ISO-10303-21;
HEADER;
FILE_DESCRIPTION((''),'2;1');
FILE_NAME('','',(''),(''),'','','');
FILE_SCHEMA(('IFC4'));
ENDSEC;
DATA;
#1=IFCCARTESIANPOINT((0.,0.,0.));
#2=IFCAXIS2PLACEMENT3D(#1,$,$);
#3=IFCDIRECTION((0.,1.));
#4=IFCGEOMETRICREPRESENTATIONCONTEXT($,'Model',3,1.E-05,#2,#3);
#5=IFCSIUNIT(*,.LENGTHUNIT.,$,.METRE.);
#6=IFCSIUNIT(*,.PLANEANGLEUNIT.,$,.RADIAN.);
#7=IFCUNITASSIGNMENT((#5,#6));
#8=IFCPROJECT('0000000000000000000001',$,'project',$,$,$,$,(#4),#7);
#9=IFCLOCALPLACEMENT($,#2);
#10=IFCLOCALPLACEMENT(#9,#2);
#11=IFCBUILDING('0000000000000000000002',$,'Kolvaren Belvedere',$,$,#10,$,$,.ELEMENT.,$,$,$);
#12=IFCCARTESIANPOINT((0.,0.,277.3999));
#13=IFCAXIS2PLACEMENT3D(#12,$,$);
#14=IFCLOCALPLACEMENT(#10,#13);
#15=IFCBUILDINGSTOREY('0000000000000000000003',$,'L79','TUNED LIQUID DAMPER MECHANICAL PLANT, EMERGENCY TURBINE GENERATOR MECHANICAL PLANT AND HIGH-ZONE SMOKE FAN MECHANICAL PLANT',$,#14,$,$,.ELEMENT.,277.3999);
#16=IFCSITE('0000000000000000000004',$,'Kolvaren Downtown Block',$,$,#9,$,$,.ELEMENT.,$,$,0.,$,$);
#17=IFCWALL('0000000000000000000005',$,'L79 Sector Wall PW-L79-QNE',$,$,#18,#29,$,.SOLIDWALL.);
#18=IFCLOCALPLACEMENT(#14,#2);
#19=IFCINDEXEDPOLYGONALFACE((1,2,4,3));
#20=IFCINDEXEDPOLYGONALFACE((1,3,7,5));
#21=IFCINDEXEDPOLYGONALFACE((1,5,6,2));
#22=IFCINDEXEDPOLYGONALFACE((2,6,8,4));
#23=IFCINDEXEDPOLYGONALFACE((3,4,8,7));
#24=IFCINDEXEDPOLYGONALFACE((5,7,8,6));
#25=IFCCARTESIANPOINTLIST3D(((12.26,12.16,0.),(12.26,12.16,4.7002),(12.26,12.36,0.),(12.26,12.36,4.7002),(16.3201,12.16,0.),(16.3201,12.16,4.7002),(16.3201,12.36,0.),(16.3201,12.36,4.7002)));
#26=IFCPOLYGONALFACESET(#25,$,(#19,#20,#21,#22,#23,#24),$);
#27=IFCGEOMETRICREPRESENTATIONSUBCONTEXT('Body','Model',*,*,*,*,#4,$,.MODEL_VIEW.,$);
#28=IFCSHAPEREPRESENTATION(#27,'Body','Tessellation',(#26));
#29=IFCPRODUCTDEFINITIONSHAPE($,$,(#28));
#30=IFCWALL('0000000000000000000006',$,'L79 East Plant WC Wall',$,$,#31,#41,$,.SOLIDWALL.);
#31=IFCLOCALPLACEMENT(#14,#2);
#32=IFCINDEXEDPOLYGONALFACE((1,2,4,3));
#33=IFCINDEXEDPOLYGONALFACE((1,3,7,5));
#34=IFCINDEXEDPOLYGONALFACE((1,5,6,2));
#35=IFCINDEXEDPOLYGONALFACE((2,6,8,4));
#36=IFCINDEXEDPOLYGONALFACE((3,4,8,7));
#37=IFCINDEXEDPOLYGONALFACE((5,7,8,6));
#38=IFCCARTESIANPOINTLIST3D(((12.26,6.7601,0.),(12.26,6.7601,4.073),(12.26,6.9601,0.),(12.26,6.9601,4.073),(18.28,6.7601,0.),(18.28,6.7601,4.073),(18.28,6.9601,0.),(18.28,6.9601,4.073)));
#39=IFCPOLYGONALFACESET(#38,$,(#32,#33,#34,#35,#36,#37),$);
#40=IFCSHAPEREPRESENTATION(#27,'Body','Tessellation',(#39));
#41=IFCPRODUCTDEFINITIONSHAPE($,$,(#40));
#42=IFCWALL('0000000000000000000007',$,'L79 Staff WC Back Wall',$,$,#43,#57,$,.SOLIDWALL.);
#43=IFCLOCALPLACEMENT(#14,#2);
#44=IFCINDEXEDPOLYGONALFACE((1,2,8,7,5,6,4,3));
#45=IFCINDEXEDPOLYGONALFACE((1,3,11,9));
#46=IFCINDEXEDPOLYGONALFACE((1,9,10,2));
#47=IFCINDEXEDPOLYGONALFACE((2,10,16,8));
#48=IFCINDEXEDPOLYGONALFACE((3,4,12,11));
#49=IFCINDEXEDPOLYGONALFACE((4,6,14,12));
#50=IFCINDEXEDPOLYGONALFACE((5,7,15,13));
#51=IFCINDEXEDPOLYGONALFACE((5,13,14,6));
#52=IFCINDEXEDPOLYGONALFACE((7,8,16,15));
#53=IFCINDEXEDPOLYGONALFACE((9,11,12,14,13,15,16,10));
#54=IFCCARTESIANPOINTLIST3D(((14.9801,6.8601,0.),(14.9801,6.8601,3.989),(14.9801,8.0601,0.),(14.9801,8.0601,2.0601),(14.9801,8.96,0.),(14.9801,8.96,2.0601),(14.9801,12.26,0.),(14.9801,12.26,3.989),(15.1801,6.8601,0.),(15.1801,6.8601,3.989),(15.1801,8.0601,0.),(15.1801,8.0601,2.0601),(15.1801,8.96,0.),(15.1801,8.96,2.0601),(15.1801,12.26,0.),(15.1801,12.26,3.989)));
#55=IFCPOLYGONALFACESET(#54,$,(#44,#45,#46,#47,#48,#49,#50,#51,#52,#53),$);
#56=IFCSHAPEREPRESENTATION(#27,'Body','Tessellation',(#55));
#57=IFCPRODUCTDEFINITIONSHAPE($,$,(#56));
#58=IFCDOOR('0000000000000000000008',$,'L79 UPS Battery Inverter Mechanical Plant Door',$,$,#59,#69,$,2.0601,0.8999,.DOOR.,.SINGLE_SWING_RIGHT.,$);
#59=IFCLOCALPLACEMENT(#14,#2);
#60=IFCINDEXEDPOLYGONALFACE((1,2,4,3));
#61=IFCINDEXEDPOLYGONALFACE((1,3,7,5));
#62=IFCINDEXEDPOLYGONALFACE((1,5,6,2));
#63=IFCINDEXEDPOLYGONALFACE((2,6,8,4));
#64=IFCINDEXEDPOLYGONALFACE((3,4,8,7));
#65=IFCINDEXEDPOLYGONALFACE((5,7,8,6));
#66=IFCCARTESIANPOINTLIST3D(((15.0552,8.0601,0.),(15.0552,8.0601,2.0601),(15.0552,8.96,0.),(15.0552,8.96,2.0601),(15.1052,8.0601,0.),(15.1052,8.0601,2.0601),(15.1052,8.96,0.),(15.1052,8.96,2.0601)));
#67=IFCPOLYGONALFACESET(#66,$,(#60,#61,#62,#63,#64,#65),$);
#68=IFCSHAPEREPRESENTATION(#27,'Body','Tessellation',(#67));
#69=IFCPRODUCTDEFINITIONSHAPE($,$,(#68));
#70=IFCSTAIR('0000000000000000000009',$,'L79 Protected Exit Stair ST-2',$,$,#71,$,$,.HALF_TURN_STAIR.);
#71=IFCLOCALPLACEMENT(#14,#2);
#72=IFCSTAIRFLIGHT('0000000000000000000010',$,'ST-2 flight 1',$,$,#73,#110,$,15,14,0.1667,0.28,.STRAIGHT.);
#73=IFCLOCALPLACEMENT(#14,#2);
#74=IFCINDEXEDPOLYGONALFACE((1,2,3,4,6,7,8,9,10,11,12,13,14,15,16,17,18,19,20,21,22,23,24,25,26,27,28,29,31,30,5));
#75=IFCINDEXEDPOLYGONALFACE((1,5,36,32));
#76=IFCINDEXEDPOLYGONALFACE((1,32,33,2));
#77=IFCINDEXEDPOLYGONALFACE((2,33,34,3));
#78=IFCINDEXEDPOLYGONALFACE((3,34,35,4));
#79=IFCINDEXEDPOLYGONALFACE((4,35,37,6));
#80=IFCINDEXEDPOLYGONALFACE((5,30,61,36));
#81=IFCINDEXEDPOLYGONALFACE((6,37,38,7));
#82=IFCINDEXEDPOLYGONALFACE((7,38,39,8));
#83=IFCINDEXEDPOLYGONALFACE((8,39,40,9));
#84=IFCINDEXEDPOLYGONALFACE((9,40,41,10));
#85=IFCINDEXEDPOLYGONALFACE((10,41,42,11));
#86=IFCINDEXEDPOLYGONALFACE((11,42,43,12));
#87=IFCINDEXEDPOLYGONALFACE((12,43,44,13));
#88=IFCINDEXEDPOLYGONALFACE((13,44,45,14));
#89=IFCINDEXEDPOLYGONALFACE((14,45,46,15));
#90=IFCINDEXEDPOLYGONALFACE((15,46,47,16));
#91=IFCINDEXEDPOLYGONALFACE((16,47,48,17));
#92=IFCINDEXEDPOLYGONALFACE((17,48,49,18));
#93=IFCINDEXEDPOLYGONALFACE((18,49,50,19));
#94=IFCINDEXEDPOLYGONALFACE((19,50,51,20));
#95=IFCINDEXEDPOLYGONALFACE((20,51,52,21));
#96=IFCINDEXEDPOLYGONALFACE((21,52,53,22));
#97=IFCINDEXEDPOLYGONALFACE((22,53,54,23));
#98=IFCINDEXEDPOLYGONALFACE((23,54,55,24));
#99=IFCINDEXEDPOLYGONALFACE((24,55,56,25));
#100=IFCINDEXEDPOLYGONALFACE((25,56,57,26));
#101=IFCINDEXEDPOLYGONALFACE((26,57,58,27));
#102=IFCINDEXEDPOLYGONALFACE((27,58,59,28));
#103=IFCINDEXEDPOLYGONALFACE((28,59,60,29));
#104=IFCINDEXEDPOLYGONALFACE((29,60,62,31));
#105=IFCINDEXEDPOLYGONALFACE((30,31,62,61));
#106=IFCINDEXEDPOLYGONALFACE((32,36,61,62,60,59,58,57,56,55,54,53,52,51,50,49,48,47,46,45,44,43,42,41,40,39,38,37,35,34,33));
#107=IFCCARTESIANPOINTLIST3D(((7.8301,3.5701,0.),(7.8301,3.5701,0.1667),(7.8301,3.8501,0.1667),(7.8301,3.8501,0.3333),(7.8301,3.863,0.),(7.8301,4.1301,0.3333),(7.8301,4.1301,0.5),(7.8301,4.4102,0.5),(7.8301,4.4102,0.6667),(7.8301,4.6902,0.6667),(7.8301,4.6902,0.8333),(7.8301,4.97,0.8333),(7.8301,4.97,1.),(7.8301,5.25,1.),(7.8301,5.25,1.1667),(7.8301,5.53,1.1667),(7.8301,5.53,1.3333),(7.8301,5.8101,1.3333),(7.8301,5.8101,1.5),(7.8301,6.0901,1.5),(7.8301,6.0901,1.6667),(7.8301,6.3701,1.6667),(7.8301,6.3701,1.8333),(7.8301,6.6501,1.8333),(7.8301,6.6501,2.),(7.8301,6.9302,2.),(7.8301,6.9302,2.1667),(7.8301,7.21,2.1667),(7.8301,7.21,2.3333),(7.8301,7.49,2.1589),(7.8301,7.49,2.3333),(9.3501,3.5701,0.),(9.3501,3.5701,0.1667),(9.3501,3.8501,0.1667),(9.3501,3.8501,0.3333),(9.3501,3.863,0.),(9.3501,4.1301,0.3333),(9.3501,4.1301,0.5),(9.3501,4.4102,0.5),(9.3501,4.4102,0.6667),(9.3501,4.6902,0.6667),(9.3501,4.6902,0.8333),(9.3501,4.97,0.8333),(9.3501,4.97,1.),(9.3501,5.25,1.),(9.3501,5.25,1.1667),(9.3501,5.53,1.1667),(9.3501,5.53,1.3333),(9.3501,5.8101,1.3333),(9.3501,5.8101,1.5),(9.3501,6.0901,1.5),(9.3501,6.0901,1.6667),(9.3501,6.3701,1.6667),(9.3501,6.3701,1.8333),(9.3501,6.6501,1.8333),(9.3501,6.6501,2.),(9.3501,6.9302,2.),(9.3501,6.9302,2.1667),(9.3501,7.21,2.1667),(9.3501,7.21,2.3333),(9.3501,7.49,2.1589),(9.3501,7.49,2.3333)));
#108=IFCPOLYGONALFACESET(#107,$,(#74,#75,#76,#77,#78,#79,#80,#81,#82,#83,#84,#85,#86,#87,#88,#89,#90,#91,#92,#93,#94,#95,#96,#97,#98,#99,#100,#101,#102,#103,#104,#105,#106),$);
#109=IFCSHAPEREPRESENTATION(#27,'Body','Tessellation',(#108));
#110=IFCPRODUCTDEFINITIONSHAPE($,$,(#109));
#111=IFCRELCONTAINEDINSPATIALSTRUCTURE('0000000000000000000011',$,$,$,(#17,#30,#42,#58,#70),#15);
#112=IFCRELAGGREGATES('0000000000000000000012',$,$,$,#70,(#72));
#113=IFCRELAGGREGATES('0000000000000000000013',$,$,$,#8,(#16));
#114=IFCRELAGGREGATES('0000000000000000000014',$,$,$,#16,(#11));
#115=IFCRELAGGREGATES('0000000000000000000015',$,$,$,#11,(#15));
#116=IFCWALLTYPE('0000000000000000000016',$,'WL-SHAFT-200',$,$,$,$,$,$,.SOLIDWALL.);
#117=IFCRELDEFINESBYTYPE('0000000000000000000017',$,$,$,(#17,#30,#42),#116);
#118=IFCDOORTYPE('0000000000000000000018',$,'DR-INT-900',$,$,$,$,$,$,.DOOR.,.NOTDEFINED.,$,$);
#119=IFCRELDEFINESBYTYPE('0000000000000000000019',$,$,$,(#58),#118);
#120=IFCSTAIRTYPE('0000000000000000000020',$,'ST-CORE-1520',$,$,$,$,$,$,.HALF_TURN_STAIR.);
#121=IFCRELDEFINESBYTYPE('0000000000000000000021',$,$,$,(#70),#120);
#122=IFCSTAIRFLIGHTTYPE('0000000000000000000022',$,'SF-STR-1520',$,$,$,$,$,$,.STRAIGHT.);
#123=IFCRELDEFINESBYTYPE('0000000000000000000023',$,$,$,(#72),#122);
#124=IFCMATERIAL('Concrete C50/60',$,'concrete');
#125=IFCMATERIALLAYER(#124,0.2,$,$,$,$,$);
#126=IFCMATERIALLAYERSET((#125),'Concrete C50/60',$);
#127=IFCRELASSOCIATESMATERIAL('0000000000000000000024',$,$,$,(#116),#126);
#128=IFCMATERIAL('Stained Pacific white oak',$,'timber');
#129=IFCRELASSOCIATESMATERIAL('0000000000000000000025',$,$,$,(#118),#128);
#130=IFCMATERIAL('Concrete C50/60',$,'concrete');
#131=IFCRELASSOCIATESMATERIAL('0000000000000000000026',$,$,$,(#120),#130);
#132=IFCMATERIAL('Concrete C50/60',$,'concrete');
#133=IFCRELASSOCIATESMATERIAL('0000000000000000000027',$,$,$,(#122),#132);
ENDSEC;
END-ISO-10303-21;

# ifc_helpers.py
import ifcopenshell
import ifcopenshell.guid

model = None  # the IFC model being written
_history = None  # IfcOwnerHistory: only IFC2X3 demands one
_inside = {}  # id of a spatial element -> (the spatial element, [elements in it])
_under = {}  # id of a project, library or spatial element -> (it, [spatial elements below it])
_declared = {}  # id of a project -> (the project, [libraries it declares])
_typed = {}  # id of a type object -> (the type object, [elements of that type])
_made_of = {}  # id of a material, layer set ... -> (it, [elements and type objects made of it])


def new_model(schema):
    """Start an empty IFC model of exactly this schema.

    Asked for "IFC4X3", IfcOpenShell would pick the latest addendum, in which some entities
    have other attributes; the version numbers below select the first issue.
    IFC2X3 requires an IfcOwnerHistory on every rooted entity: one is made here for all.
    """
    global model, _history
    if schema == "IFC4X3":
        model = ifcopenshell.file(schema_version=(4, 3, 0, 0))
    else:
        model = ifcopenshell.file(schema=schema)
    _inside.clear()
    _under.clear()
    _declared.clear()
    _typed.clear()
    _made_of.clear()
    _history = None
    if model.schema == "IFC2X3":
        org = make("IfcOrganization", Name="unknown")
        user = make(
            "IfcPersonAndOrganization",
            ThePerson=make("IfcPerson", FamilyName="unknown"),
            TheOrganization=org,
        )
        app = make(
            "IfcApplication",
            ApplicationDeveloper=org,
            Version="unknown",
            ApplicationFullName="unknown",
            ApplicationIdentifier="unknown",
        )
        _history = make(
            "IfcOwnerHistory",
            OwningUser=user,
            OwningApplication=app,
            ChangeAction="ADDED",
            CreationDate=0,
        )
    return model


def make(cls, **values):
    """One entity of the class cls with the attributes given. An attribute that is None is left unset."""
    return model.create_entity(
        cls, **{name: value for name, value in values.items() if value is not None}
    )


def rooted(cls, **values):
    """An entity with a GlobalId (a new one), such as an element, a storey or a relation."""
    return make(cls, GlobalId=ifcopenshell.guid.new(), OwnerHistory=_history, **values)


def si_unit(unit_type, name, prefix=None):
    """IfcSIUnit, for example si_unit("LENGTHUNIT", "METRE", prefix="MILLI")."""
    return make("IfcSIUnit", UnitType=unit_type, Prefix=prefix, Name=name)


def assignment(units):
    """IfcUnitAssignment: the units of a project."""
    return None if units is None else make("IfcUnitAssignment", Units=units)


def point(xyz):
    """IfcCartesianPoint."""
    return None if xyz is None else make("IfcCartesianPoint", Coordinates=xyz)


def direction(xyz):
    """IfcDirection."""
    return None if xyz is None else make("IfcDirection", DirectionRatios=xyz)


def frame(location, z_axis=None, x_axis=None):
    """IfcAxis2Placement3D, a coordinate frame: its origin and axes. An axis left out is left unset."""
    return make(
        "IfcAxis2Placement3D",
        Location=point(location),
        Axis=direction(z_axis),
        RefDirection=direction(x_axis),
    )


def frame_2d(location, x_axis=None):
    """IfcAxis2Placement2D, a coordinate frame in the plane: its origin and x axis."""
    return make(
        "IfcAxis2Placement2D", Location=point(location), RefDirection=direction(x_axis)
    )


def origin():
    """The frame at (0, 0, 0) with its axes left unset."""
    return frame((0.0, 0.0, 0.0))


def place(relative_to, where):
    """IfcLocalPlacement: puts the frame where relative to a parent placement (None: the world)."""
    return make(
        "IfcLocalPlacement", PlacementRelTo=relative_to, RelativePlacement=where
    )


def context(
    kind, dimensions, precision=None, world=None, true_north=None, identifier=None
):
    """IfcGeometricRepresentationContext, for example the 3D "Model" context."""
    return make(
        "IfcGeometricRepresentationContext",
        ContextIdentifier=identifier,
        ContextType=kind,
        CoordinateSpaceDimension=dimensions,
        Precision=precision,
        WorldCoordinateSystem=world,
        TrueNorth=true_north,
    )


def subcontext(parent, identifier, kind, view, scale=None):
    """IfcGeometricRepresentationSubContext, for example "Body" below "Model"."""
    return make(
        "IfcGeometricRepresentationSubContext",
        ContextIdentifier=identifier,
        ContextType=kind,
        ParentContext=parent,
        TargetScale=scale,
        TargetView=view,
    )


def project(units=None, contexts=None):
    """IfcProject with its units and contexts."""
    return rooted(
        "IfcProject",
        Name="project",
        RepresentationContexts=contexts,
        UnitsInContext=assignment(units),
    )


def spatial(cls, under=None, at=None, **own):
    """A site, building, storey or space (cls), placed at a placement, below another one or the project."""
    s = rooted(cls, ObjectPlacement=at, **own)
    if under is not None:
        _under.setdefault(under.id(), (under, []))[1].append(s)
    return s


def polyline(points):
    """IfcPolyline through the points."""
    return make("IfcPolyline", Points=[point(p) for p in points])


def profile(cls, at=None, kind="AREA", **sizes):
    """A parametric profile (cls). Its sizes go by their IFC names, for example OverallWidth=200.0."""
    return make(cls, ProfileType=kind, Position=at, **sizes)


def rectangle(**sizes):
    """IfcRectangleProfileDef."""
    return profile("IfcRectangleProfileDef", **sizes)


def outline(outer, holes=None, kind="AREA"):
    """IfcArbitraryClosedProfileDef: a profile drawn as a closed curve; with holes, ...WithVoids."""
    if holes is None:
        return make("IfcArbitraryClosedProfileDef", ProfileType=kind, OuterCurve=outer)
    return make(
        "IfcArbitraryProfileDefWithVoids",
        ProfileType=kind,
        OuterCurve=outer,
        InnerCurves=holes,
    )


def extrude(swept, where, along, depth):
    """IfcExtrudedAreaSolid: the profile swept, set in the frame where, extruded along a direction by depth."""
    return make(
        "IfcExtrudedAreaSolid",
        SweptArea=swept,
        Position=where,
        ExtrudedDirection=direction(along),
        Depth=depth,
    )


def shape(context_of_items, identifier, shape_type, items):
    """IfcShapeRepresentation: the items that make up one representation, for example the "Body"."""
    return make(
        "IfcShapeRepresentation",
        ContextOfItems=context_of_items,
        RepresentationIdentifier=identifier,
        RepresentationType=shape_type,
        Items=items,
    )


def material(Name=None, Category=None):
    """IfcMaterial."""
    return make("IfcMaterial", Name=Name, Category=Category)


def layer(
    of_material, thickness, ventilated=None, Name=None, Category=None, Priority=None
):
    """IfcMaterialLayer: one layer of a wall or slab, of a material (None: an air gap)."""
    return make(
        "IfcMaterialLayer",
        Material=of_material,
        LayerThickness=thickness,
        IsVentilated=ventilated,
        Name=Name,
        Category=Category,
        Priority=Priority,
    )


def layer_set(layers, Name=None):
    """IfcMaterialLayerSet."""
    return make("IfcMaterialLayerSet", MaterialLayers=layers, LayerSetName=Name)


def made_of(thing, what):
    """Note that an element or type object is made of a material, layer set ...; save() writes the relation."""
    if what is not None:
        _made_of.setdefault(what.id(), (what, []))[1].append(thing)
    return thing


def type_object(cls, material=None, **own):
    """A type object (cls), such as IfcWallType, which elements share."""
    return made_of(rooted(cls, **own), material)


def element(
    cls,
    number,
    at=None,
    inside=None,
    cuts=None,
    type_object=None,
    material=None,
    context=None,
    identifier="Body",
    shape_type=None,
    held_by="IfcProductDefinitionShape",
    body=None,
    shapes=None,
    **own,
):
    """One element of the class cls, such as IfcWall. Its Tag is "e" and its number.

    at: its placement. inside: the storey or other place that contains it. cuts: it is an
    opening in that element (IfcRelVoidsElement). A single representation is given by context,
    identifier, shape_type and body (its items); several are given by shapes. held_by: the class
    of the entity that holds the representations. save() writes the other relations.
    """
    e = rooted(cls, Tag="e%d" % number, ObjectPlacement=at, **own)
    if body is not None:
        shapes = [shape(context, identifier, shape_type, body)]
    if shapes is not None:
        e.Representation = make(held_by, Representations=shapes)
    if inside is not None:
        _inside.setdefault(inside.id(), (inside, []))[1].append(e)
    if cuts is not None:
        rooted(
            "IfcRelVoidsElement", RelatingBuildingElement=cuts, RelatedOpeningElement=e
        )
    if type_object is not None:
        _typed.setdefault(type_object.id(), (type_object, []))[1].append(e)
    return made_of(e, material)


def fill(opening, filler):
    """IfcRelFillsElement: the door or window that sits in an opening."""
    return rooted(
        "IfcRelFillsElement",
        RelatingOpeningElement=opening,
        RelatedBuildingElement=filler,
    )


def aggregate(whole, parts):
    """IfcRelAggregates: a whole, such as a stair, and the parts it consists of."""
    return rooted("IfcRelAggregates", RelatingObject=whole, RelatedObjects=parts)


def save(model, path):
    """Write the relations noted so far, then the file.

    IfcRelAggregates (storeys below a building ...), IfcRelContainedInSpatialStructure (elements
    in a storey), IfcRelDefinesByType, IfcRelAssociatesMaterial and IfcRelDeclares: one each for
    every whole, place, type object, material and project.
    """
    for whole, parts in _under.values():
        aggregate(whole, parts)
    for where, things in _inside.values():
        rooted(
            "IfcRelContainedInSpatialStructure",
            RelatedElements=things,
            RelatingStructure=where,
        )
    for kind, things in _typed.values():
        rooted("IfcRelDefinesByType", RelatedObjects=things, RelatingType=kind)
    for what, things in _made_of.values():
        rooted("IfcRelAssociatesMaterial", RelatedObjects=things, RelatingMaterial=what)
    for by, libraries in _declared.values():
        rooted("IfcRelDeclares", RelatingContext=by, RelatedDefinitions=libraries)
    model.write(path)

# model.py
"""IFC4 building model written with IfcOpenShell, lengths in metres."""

from ifc_helpers import new_model, si_unit, direction, frame, frame_2d, origin, place, context, subcontext, project, spatial, polyline, rectangle, outline, extrude, material, layer, layer_set, type_object, element, fill, aggregate, save


model = new_model("IFC4")

# Units and contexts
model_context = context("Model", 3, precision=1e-05, world=origin(), true_north=direction((0.0, 1.0)))
body_context = subcontext(model_context, "Body", "Model", "MODEL_VIEW")
ifc_project = project(units=[si_unit("LENGTHUNIT", "METRE"), si_unit("PLANEANGLEUNIT", "RADIAN")], contexts=[model_context])

# Site, building, storey
site_placement = place(None, origin())
site = spatial("IfcSite", under=ifc_project, at=site_placement, Name="Kolvaren Downtown Block", CompositionType="ELEMENT", RefElevation=0.0)
building_placement = place(site_placement, origin())
building = spatial("IfcBuilding", under=site, at=building_placement, Name="Kolvaren Belvedere", CompositionType="ELEMENT")
storey_placement = place(building_placement, frame((0.0, 0.0, 277.3999)))
storey = spatial("IfcBuildingStorey", under=building, at=storey_placement, Name="L79", Description="TUNED LIQUID DAMPER MECHANICAL PLANT, EMERGENCY TURBINE GENERATOR MECHANICAL PLANT AND HIGH-ZONE SMOKE FAN MECHANICAL PLANT", CompositionType="ELEMENT", Elevation=277.3999)

# Walls
ifc_material_1 = material(Name="Concrete C50/60", Category="concrete")
ifc_layer_1 = layer(ifc_material_1, 0.2)
ifc_layer_set_1 = layer_set([ifc_layer_1], Name="Concrete C50/60")
wall_type_1 = type_object("IfcWallType", Name="WL-SHAFT-200", PredefinedType="SOLIDWALL", material=ifc_layer_set_1)
wall_1_placement = place(storey_placement, frame((12.26, 12.26, 0.0), z_axis=(0.0, 0.0, 1.0), x_axis=(1.0, 0.0, 0.0)))
element("IfcWall", 1, at=wall_1_placement, inside=storey, type_object=wall_type_1, Name="L79 Sector Wall PW-L79-QNE", PredefinedType="SOLIDWALL", context=body_context, shape_type="SweptSolid", body=[
    extrude(rectangle(XDim=4.0601, YDim=0.2, at=frame_2d((2.03, 0.0))), origin(), (0.0, 0.0, 1.0), 4.7002),
])
wall_2_placement = place(storey_placement, frame((12.26, 6.8601, 0.0), z_axis=(0.0, 0.0, 1.0), x_axis=(1.0, 0.0, 0.0)))
element("IfcWall", 2, at=wall_2_placement, inside=storey, type_object=wall_type_1, Name="L79 East Plant WC Wall", PredefinedType="SOLIDWALL", context=body_context, shape_type="SweptSolid", body=[
    extrude(rectangle(XDim=6.02, YDim=0.2, at=frame_2d((3.01, 0.0))), origin(), (0.0, 0.0, 1.0), 4.073),
])

# Wall, opening, door
wall_3_placement = place(storey_placement, frame((15.0801, 6.8601, 0.0), z_axis=(0.0, 0.0, 1.0), x_axis=(0.0, 1.0, 0.0)))
wall_3 = element("IfcWall", 3, at=wall_3_placement, inside=storey, type_object=wall_type_1, Name="L79 Staff WC Back Wall", PredefinedType="SOLIDWALL", context=body_context, shape_type="SweptSolid", body=[
    extrude(rectangle(XDim=5.3999, YDim=0.2, at=frame_2d((2.7, 0.0))), origin(), (0.0, 0.0, 1.0), 3.989),
])
opening_placement = place(wall_3_placement, frame((1.2, 0.0, 0.0)))
opening = element("IfcOpeningElement", 4, at=opening_placement, cuts=wall_3, PredefinedType="OPENING", context=body_context, shape_type="SweptSolid", body=[
    extrude(rectangle(XDim=0.8999, YDim=2.0601, at=frame_2d((0.45, 1.03))), frame((0.0, 0.1099, 0.0), z_axis=(0.0, -1.0, 0.0), x_axis=(1.0, 0.0, 0.0)), (0.0, 0.0, 1.0), 0.22),
])
ifc_material_2 = material(Name="Stained Pacific white oak", Category="timber")
door_type = type_object("IfcDoorType", Name="DR-INT-900", OperationType="NOTDEFINED", PredefinedType="DOOR", material=ifc_material_2)
door_placement = place(opening_placement, origin())
door = element("IfcDoor", 5, at=door_placement, inside=storey, type_object=door_type, Name="L79 UPS Battery Inverter Mechanical Plant Door", OperationType="SINGLE_SWING_RIGHT", OverallHeight=2.0601, OverallWidth=0.8999, PredefinedType="DOOR", context=body_context, shape_type="SweptSolid", body=[
    extrude(rectangle(XDim=0.8999, YDim=2.0601, at=frame_2d((0.45, 1.03))), frame((0.0, 0.0249, 0.0), z_axis=(0.0, -1.0, 0.0), x_axis=(1.0, 0.0, 0.0)), (0.0, 0.0, 1.0), 0.05),
])
fill(opening, door)

# Stair, stair flight
ifc_material_3 = material(Name="Concrete C50/60", Category="concrete")
stair_type = type_object("IfcStairType", Name="ST-CORE-1520", PredefinedType="HALF_TURN_STAIR", material=ifc_material_3)
stair_placement = place(storey_placement, origin())
stair = element("IfcStair", 6, at=stair_placement, inside=storey, type_object=stair_type, Name="L79 Protected Exit Stair ST-2", PredefinedType="HALF_TURN_STAIR")
ifc_material_4 = material(Name="Concrete C50/60", Category="concrete")
stair_flight_type = type_object("IfcStairFlightType", Name="SF-STR-1520", PredefinedType="STRAIGHT", material=ifc_material_4)
stair_flight_placement = place(storey_placement, frame((8.5901, 3.5701, 0.0), z_axis=(0.0, 0.0, 1.0), x_axis=(0.0, 1.0, 0.0)))
stair_flight = element("IfcStairFlight", 7, at=stair_flight_placement, type_object=stair_flight_type, Name="ST-2 flight 1", NumberOfRisers=15, NumberOfTreads=14, PredefinedType="STRAIGHT", RiserHeight=0.1667, TreadLength=0.28, context=body_context, shape_type="SweptSolid", body=[
    extrude(outline(polyline([(0.0, 0.0), (0.0, 0.1667), (0.28, 0.1667), (0.28, 0.3333), (0.5601, 0.3333), (0.5601, 0.5), (0.8401, 0.5), (0.8401, 0.6667), (1.1201, 0.6667), (1.1201, 0.8333), (1.3999, 0.8333), (1.3999, 1.0), (1.6799, 1.0), (1.6799, 1.1667), (1.96, 1.1667), (1.96, 1.3333), (2.24, 1.3333), (2.24, 1.5), (2.52, 1.5), (2.52, 1.6667), (2.8, 1.6667), (2.8, 1.8333), (3.0801, 1.8333), (3.0801, 2.0), (3.3601, 2.0), (3.3601, 2.1667), (3.6399, 2.1667), (3.6399, 2.3333), (3.9199, 2.3333), (3.9199, 2.5), (3.9199, 2.1589), (0.293, 0.0), (0.0, 0.0)])), frame((0.0, 0.76, 0.0), z_axis=(0.0, -1.0, 0.0), x_axis=(1.0, 0.0, 0.0)), (0.0, 0.0, 1.0), 1.52),
])
aggregate(stair, [stair_flight])

save(model, "model.ifc")
